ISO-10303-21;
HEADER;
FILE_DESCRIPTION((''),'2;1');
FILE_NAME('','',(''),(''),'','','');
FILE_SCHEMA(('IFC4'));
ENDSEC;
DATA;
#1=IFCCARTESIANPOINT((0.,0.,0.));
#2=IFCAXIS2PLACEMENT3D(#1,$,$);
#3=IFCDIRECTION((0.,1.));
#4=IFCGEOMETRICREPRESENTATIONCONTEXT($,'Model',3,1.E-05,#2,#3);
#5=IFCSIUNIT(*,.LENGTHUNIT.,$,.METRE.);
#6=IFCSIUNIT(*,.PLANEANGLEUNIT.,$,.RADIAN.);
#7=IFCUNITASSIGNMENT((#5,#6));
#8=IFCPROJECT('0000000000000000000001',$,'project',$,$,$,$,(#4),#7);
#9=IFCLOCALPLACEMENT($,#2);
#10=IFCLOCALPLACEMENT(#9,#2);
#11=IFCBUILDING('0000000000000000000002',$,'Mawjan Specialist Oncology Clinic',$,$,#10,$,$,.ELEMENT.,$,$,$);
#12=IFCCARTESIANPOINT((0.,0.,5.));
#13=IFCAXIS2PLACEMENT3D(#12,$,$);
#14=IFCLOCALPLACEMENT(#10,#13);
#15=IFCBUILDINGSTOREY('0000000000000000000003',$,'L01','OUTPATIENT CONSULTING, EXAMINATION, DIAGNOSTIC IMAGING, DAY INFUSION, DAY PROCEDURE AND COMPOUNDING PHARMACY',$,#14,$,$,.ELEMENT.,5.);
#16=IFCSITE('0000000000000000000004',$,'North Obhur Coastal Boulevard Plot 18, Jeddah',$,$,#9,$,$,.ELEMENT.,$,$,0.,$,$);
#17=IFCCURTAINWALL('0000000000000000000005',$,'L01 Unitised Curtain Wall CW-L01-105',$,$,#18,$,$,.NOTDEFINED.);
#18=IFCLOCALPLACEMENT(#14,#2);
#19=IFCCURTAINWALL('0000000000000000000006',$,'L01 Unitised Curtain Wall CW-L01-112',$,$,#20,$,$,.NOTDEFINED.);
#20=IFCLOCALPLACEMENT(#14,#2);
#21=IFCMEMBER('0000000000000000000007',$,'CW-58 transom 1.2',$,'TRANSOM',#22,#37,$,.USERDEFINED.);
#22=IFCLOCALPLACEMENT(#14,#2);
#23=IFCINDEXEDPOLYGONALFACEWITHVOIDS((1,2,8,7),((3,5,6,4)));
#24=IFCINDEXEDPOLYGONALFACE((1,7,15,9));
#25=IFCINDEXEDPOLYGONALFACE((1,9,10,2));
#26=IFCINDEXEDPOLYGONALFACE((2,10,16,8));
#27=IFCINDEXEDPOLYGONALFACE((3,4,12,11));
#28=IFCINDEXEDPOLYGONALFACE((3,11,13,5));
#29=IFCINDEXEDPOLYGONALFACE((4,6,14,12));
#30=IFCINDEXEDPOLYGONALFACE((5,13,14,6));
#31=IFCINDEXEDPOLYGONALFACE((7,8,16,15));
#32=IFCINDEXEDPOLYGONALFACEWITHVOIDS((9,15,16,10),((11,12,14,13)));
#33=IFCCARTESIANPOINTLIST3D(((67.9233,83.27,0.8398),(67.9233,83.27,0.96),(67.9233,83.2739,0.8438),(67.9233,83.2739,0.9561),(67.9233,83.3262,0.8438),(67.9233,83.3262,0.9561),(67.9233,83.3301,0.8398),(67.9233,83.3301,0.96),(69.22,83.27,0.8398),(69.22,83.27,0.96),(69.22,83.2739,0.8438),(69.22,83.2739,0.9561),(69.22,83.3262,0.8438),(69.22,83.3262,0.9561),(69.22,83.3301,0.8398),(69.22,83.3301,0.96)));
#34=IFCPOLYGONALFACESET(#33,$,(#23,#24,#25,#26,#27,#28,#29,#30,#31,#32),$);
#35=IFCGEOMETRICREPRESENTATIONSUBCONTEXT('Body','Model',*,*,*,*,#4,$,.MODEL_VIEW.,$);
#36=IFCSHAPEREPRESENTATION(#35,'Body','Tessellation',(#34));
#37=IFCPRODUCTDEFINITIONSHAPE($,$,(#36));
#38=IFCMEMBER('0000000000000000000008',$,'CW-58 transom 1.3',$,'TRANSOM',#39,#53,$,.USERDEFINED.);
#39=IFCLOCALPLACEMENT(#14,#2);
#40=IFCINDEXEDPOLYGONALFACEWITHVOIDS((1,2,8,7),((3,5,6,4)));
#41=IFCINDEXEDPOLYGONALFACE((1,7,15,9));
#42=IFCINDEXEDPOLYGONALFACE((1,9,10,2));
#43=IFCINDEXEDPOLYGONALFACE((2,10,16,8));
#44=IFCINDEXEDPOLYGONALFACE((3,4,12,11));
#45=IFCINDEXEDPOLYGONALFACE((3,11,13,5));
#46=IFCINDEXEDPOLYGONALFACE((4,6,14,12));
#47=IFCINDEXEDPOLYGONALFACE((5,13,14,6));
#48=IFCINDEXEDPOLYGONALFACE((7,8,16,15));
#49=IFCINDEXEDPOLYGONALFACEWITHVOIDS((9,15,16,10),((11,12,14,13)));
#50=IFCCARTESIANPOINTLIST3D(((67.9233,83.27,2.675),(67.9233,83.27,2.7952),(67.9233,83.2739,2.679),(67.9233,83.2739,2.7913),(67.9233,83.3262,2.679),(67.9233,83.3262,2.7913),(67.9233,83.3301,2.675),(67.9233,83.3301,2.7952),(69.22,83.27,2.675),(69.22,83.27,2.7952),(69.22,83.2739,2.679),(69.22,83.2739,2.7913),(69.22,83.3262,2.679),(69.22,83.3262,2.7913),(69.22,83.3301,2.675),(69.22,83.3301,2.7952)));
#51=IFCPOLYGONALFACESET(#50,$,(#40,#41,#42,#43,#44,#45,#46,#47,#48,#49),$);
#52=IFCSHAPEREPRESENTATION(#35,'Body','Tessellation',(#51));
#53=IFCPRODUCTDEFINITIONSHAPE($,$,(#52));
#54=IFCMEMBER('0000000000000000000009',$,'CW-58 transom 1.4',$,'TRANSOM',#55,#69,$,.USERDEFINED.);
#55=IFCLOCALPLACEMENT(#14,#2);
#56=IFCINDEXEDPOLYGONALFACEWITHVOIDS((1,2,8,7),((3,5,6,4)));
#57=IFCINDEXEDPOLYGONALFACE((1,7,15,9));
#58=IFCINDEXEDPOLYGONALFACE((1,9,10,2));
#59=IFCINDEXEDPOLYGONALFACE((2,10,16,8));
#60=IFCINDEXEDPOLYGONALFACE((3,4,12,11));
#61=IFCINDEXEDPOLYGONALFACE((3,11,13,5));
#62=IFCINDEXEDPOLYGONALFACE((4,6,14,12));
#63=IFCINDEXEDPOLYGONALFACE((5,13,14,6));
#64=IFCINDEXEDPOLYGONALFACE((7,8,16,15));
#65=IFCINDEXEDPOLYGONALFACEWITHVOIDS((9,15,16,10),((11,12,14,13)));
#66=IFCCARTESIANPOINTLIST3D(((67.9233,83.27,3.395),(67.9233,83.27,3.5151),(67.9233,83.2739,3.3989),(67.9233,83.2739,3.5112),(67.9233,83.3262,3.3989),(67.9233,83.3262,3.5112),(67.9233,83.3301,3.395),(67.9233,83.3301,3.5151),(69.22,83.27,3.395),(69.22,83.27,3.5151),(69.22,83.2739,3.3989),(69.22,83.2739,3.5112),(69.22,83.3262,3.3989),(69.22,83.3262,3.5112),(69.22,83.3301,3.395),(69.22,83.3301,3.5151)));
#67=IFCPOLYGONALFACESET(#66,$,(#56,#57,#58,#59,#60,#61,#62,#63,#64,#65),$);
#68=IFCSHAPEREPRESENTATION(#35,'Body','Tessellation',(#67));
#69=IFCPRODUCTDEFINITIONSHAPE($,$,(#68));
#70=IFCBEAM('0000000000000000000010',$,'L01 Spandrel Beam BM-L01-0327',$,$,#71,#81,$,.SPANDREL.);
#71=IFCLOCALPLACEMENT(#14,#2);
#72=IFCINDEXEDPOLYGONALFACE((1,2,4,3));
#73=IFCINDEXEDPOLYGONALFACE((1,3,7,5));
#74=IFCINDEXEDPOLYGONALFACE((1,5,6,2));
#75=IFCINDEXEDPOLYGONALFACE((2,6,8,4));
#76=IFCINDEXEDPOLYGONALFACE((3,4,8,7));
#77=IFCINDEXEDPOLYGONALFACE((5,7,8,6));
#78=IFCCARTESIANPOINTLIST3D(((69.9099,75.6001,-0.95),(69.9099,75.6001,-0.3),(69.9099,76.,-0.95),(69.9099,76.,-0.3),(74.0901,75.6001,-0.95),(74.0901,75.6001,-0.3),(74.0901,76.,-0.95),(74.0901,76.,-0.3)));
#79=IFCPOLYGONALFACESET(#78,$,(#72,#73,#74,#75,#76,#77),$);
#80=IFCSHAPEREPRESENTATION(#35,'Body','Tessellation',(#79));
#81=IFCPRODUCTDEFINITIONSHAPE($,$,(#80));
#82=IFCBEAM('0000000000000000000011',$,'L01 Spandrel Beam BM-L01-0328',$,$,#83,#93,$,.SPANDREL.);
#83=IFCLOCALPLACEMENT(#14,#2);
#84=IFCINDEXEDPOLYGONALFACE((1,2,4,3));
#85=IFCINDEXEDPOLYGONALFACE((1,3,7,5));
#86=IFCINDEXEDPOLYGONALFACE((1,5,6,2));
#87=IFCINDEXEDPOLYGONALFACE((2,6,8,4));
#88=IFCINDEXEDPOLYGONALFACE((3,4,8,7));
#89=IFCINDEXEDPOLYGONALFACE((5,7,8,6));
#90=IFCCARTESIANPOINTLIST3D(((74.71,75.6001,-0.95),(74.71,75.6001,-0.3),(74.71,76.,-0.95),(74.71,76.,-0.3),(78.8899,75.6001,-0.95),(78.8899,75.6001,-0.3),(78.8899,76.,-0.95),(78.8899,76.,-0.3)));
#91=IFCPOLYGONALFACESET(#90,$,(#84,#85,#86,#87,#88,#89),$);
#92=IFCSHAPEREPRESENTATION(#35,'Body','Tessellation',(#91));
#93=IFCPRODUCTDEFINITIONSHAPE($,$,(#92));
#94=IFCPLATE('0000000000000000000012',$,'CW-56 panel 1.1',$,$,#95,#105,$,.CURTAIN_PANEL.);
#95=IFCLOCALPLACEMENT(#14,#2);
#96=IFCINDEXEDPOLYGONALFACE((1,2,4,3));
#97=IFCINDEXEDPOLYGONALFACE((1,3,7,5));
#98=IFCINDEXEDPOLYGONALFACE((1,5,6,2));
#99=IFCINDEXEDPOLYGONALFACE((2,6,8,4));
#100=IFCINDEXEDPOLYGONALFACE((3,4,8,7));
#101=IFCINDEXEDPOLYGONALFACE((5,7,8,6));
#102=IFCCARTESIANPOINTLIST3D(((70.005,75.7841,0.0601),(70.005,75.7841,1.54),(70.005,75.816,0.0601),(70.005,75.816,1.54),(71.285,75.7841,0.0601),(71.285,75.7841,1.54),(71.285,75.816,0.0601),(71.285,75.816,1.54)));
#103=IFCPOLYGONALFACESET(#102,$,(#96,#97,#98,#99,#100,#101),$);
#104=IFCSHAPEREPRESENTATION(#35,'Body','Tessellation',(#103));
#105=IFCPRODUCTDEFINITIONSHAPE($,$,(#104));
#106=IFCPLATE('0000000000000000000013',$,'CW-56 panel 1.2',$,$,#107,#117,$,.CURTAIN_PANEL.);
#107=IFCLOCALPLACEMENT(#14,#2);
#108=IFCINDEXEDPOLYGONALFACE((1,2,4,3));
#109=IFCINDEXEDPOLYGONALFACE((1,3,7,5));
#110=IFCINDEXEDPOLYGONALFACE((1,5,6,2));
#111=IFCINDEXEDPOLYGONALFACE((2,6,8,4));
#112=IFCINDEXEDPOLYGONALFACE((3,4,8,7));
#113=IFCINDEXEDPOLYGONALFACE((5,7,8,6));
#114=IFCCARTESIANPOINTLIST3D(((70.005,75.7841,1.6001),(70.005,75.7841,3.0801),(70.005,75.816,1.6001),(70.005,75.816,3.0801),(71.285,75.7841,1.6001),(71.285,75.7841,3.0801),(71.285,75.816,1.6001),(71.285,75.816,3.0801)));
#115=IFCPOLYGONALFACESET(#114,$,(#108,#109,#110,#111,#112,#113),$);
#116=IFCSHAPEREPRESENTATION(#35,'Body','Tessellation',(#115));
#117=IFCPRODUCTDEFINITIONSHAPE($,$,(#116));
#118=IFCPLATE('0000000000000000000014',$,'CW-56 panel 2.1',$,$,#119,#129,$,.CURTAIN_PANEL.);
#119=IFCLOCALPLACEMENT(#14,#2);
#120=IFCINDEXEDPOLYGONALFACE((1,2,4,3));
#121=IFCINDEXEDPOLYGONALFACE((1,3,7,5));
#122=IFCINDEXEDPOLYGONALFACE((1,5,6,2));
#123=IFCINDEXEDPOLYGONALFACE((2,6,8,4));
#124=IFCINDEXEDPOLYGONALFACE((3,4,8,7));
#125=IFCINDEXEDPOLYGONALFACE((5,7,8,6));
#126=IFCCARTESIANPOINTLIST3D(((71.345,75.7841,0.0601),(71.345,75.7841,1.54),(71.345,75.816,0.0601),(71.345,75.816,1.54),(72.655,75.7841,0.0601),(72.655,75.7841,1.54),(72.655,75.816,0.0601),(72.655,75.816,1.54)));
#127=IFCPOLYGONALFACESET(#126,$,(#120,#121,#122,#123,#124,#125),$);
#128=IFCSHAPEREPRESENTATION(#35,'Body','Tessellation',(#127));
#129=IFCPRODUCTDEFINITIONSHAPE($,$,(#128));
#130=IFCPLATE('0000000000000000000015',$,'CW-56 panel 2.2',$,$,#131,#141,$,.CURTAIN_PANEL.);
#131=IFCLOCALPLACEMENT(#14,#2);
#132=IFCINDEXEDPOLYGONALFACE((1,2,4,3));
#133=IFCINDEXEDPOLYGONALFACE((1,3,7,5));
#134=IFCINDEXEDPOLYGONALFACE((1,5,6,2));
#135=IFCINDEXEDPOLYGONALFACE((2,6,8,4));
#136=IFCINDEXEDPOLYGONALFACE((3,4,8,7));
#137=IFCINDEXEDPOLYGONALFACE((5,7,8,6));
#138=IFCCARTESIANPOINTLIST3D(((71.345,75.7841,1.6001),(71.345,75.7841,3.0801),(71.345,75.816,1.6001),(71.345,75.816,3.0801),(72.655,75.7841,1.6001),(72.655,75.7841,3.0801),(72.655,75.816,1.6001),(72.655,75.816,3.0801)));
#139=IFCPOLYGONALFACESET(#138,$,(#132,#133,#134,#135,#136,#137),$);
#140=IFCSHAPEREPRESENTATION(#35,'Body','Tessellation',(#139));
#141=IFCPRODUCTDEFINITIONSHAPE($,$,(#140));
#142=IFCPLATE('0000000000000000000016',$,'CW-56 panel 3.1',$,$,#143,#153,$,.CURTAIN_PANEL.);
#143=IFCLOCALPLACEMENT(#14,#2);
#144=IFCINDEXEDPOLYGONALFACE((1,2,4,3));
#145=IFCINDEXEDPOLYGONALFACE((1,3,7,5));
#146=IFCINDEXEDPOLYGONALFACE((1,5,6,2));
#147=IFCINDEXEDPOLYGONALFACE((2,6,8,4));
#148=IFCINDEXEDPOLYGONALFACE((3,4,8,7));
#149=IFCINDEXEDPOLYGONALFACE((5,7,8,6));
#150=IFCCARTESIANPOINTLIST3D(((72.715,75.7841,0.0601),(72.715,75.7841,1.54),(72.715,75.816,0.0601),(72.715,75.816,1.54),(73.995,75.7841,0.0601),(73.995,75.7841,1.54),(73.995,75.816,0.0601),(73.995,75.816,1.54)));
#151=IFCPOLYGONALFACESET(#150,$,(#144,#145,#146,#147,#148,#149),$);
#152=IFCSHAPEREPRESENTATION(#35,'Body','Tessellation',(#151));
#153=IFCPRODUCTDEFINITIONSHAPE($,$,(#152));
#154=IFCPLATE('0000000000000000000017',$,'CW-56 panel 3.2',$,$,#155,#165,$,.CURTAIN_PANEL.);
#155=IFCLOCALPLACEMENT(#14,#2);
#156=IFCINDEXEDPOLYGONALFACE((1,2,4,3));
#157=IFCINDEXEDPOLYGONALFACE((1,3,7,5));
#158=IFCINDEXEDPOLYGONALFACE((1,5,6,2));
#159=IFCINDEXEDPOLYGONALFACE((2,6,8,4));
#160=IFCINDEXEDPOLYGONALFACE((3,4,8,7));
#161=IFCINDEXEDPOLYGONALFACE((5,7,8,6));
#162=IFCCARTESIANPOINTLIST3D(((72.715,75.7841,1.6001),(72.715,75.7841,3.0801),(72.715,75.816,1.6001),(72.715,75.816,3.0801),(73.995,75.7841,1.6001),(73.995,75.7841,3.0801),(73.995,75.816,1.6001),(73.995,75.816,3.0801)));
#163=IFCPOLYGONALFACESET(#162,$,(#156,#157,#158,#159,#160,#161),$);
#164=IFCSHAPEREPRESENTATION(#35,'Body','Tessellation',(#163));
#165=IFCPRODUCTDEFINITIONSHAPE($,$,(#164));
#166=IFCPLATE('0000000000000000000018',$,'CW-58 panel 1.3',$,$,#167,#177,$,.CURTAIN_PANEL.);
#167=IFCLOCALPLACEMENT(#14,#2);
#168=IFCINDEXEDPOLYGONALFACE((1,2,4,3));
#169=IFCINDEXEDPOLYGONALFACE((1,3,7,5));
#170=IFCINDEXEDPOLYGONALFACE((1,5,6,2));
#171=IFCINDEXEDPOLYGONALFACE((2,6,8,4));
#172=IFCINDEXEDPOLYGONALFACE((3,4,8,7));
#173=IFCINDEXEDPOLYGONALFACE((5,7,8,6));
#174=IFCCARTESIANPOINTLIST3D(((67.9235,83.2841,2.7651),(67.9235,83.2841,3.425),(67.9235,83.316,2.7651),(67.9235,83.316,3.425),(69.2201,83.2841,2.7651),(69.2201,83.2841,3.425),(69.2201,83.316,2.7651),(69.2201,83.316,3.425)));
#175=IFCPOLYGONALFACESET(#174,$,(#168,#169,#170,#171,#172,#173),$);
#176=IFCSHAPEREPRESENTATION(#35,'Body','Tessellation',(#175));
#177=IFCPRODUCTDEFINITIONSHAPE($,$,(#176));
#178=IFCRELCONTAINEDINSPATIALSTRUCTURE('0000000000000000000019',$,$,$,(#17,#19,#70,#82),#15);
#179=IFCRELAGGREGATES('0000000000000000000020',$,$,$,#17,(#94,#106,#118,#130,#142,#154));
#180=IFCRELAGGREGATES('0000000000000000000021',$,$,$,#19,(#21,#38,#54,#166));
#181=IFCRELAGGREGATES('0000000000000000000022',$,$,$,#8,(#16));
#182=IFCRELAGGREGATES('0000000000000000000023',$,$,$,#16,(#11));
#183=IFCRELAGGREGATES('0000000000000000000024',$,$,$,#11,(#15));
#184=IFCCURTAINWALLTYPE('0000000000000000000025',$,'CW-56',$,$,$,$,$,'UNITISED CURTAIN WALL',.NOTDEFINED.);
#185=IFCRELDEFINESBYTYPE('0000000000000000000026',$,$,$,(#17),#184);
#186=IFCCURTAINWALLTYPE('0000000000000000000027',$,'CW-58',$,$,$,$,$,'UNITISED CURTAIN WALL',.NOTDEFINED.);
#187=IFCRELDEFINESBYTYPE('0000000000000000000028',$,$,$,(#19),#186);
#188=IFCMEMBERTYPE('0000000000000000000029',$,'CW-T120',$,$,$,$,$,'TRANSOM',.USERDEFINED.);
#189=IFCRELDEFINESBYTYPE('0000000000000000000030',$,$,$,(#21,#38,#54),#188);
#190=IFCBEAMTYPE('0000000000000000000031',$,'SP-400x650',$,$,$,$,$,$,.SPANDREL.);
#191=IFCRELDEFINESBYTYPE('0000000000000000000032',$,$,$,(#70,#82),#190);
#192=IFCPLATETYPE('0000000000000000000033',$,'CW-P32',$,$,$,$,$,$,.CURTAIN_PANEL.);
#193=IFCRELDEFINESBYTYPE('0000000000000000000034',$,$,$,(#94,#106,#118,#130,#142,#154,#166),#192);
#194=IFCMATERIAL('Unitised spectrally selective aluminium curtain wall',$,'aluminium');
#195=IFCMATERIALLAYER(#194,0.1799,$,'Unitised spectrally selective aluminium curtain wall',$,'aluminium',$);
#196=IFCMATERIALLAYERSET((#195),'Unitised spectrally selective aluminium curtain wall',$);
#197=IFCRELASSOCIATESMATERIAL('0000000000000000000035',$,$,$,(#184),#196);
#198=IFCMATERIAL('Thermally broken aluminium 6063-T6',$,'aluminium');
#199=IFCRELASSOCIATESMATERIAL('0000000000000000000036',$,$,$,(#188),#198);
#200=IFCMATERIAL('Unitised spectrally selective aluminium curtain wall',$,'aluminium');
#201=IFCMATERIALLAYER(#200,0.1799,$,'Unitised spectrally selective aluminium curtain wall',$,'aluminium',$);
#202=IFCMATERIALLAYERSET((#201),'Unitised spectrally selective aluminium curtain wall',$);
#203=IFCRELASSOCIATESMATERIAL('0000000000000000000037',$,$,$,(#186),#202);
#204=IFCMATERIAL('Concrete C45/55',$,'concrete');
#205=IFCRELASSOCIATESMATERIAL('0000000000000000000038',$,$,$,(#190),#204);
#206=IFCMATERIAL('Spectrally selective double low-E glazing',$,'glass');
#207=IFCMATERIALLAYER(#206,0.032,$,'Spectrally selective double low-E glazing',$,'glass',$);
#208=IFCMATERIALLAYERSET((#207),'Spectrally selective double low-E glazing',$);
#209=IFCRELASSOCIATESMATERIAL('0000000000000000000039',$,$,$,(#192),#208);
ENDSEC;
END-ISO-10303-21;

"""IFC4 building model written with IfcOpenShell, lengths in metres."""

from ifc_helpers import new_model, si_unit, direction, frame, origin, origin_2d, place, context, subcontext, project, spatial, rectangle, hollow_rectangle, extrude, material, layer, layer_set, material_profile, profile_set, type_object, element, aggregate, save


model = new_model("IFC4")

# Units and contexts
model_context = context("Model", 3, precision=1e-05, world=origin(), true_north=direction((0.0, 1.0)))
body_context = subcontext(model_context, "Body", "Model", "MODEL_VIEW")
ifc_project = project(units=[si_unit("LENGTHUNIT", "METRE"), si_unit("PLANEANGLEUNIT", "RADIAN")], contexts=[model_context])

# Site, building, storey
site_placement = place(None, origin())
site = spatial("IfcSite", under=ifc_project, at=site_placement, Name="North Obhur Coastal Boulevard Plot 18, Jeddah", CompositionType="ELEMENT", RefElevation=0.0)
building_placement = place(site_placement, origin())
building = spatial("IfcBuilding", under=site, at=building_placement, Name="Mawjan Specialist Oncology Clinic", CompositionType="ELEMENT")
storey_placement = place(building_placement, frame((0.0, 0.0, 5.0)))
storey = spatial("IfcBuildingStorey", under=building, at=storey_placement, Name="L01", Description="OUTPATIENT CONSULTING, EXAMINATION, DIAGNOSTIC IMAGING, DAY INFUSION, DAY PROCEDURE AND COMPOUNDING PHARMACY", CompositionType="ELEMENT", Elevation=5.0)

# Shared definitions
ifc_material_1 = material(Name="Unitised spectrally selective aluminium curtain wall", Category="aluminium")
ifc_layer_1 = layer(ifc_material_1, 0.1799, Name="Unitised spectrally selective aluminium curtain wall", Category="aluminium")
ifc_layer_set_1 = layer_set([ifc_layer_1], Name="Unitised spectrally selective aluminium curtain wall")
curtain_wall_type_1 = type_object("IfcCurtainWallType", Name="CW-56", ElementType="UNITISED CURTAIN WALL", PredefinedType="NOTDEFINED", material=ifc_layer_set_1)

# Curtain wall
curtain_wall_1_placement = place(storey_placement, origin())
curtain_wall_1 = element("IfcCurtainWall", 1, at=curtain_wall_1_placement, inside=storey, type_object=curtain_wall_type_1, Name="L01 Unitised Curtain Wall CW-L01-105", PredefinedType="NOTDEFINED")

# Shared definitions
ifc_material_2 = material(Name="Thermally broken aluminium 6063-T6", Category="aluminium")
ifc_material_profile_1 = material_profile(ifc_material_2, hollow_rectangle(XDim=0.0601, YDim=0.1201, WallThickness=0.0039, at=origin_2d()), Name="ALU TRANSOM 120x60x4", Category="aluminium")
ifc_profile_set_1 = profile_set([ifc_material_profile_1], Name="Thermally broken aluminium 6063-T6")
member_type_1 = type_object("IfcMemberType", Name="CW-T120", ElementType="TRANSOM", PredefinedType="USERDEFINED", material=ifc_profile_set_1)

# Curtain wall, members
ifc_material_3 = material(Name="Unitised spectrally selective aluminium curtain wall", Category="aluminium")
ifc_layer_2 = layer(ifc_material_3, 0.1799, Name="Unitised spectrally selective aluminium curtain wall", Category="aluminium")
ifc_layer_set_2 = layer_set([ifc_layer_2], Name="Unitised spectrally selective aluminium curtain wall")
curtain_wall_type_2 = type_object("IfcCurtainWallType", Name="CW-58", ElementType="UNITISED CURTAIN WALL", PredefinedType="NOTDEFINED", material=ifc_layer_set_2)
curtain_wall_2_placement = place(storey_placement, origin())
curtain_wall_2 = element("IfcCurtainWall", 2, at=curtain_wall_2_placement, inside=storey, type_object=curtain_wall_type_2, Name="L01 Unitised Curtain Wall CW-L01-112", PredefinedType="NOTDEFINED")
member_1_placement = place(storey_placement, frame((69.22, 83.3, 0.8999), z_axis=(-1.0, 0.0, 0.0), x_axis=(0.0, -1.0, 0.0)))
member_1 = element("IfcMember", 3, at=member_1_placement, type_object=member_type_1, Name="CW-58 transom 1.2", ObjectType="TRANSOM", PredefinedType="USERDEFINED", context=body_context, shape_type="SweptSolid", body=[
    extrude(hollow_rectangle(XDim=0.0601, YDim=0.1201, WallThickness=0.0039, at=origin_2d()), origin(), (0.0, 0.0, 1.0), 1.2966),
])
member_2_placement = place(storey_placement, frame((69.22, 83.3, 2.7351), z_axis=(-1.0, 0.0, 0.0), x_axis=(0.0, -1.0, 0.0)))
member_2 = element("IfcMember", 4, at=member_2_placement, type_object=member_type_1, Name="CW-58 transom 1.3", ObjectType="TRANSOM", PredefinedType="USERDEFINED", context=body_context, shape_type="SweptSolid", body=[
    extrude(hollow_rectangle(XDim=0.0601, YDim=0.1201, WallThickness=0.0039, at=origin_2d()), origin(), (0.0, 0.0, 1.0), 1.2966),
])
member_3_placement = place(storey_placement, frame((69.22, 83.3, 3.4551), z_axis=(-1.0, 0.0, 0.0), x_axis=(0.0, -1.0, 0.0)))
member_3 = element("IfcMember", 5, at=member_3_placement, type_object=member_type_1, Name="CW-58 transom 1.4", ObjectType="TRANSOM", PredefinedType="USERDEFINED", context=body_context, shape_type="SweptSolid", body=[
    extrude(hollow_rectangle(XDim=0.0601, YDim=0.1201, WallThickness=0.0039, at=origin_2d()), origin(), (0.0, 0.0, 1.0), 1.2966),
])

# Beams
ifc_material_4 = material(Name="Concrete C45/55", Category="concrete")
ifc_material_profile_2 = material_profile(ifc_material_4, rectangle(XDim=0.3999, YDim=0.6499, at=origin_2d()), Name="RC BM 400x650", Category="concrete")
ifc_profile_set_2 = profile_set([ifc_material_profile_2], Name="Concrete C45/55")
beam_type = type_object("IfcBeamType", Name="SP-400x650", PredefinedType="SPANDREL", material=ifc_profile_set_2)
beam_1_placement = place(storey_placement, frame((69.9099, 75.8, -0.625), z_axis=(1.0, 0.0, 0.0), x_axis=(0.0, 1.0, 0.0)))
element("IfcBeam", 6, at=beam_1_placement, inside=storey, type_object=beam_type, Name="L01 Spandrel Beam BM-L01-0327", PredefinedType="SPANDREL", context=body_context, shape_type="SweptSolid", body=[
    extrude(rectangle(XDim=0.3999, YDim=0.6499, at=origin_2d()), origin(), (0.0, 0.0, 1.0), 4.1802),
])
beam_2_placement = place(storey_placement, frame((74.71, 75.8, -0.625), z_axis=(1.0, 0.0, 0.0), x_axis=(0.0, 1.0, 0.0)))
element("IfcBeam", 7, at=beam_2_placement, inside=storey, type_object=beam_type, Name="L01 Spandrel Beam BM-L01-0328", PredefinedType="SPANDREL", context=body_context, shape_type="SweptSolid", body=[
    extrude(rectangle(XDim=0.3999, YDim=0.6499, at=origin_2d()), origin(), (0.0, 0.0, 1.0), 4.1799),
])

# Plates
ifc_material_5 = material(Name="Spectrally selective double low-E glazing", Category="glass")
ifc_layer_3 = layer(ifc_material_5, 0.032, Name="Spectrally selective double low-E glazing", Category="glass")
ifc_layer_set_3 = layer_set([ifc_layer_3], Name="Spectrally selective double low-E glazing")
plate_type = type_object("IfcPlateType", Name="CW-P32", PredefinedType="CURTAIN_PANEL", material=ifc_layer_set_3)
plate_1_placement = place(storey_placement, frame((70.645, 75.8, 0.0601), z_axis=(0.0, 0.0, 1.0), x_axis=(1.0, 0.0, 0.0)))
plate_1 = element("IfcPlate", 8, at=plate_1_placement, type_object=plate_type, Name="CW-56 panel 1.1", PredefinedType="CURTAIN_PANEL", context=body_context, shape_type="SweptSolid", body=[
    extrude(rectangle(XDim=1.28, YDim=0.032, at=origin_2d()), origin(), (0.0, 0.0, 1.0), 1.48),
])
plate_2_placement = place(storey_placement, frame((70.645, 75.8, 1.6001), z_axis=(0.0, 0.0, 1.0), x_axis=(1.0, 0.0, 0.0)))
plate_2 = element("IfcPlate", 9, at=plate_2_placement, type_object=plate_type, Name="CW-56 panel 1.2", PredefinedType="CURTAIN_PANEL", context=body_context, shape_type="SweptSolid", body=[
    extrude(rectangle(XDim=1.28, YDim=0.032, at=origin_2d()), origin(), (0.0, 0.0, 1.0), 1.48),
])
plate_3_placement = place(storey_placement, frame((72.0, 75.8, 0.0601), z_axis=(0.0, 0.0, 1.0), x_axis=(1.0, 0.0, 0.0)))
plate_3 = element("IfcPlate", 10, at=plate_3_placement, type_object=plate_type, Name="CW-56 panel 2.1", PredefinedType="CURTAIN_PANEL", context=body_context, shape_type="SweptSolid", body=[
    extrude(rectangle(XDim=1.3101, YDim=0.032, at=origin_2d()), origin(), (0.0, 0.0, 1.0), 1.48),
])
plate_4_placement = place(storey_placement, frame((72.0, 75.8, 1.6001), z_axis=(0.0, 0.0, 1.0), x_axis=(1.0, 0.0, 0.0)))
plate_4 = element("IfcPlate", 11, at=plate_4_placement, type_object=plate_type, Name="CW-56 panel 2.2", PredefinedType="CURTAIN_PANEL", context=body_context, shape_type="SweptSolid", body=[
    extrude(rectangle(XDim=1.3101, YDim=0.032, at=origin_2d()), origin(), (0.0, 0.0, 1.0), 1.48),
])
plate_5_placement = place(storey_placement, frame((73.355, 75.8, 0.0601), z_axis=(0.0, 0.0, 1.0), x_axis=(1.0, 0.0, 0.0)))
plate_5 = element("IfcPlate", 12, at=plate_5_placement, type_object=plate_type, Name="CW-56 panel 3.1", PredefinedType="CURTAIN_PANEL", context=body_context, shape_type="SweptSolid", body=[
    extrude(rectangle(XDim=1.28, YDim=0.032, at=origin_2d()), origin(), (0.0, 0.0, 1.0), 1.48),
])
plate_6_placement = place(storey_placement, frame((73.355, 75.8, 1.6001), z_axis=(0.0, 0.0, 1.0), x_axis=(1.0, 0.0, 0.0)))
plate_6 = element("IfcPlate", 13, at=plate_6_placement, type_object=plate_type, Name="CW-56 panel 3.2", PredefinedType="CURTAIN_PANEL", context=body_context, shape_type="SweptSolid", body=[
    extrude(rectangle(XDim=1.28, YDim=0.032, at=origin_2d()), origin(), (0.0, 0.0, 1.0), 1.48),
])
aggregate(curtain_wall_1, [plate_1, plate_2, plate_3, plate_4, plate_5, plate_6])
plate_7_placement = place(storey_placement, frame((68.5718, 83.3, 2.7651), z_axis=(0.0, 0.0, 1.0), x_axis=(-1.0, 0.0, 0.0)))
plate_7 = element("IfcPlate", 14, at=plate_7_placement, type_object=plate_type, Name="CW-58 panel 1.3", PredefinedType="CURTAIN_PANEL", context=body_context, shape_type="SweptSolid", body=[
    extrude(rectangle(XDim=1.2966, YDim=0.032, at=origin_2d()), origin(), (0.0, 0.0, 1.0), 0.6599),
])
aggregate(curtain_wall_2, [member_1, member_2, member_3, plate_7])

save(model, "model.ifc")
